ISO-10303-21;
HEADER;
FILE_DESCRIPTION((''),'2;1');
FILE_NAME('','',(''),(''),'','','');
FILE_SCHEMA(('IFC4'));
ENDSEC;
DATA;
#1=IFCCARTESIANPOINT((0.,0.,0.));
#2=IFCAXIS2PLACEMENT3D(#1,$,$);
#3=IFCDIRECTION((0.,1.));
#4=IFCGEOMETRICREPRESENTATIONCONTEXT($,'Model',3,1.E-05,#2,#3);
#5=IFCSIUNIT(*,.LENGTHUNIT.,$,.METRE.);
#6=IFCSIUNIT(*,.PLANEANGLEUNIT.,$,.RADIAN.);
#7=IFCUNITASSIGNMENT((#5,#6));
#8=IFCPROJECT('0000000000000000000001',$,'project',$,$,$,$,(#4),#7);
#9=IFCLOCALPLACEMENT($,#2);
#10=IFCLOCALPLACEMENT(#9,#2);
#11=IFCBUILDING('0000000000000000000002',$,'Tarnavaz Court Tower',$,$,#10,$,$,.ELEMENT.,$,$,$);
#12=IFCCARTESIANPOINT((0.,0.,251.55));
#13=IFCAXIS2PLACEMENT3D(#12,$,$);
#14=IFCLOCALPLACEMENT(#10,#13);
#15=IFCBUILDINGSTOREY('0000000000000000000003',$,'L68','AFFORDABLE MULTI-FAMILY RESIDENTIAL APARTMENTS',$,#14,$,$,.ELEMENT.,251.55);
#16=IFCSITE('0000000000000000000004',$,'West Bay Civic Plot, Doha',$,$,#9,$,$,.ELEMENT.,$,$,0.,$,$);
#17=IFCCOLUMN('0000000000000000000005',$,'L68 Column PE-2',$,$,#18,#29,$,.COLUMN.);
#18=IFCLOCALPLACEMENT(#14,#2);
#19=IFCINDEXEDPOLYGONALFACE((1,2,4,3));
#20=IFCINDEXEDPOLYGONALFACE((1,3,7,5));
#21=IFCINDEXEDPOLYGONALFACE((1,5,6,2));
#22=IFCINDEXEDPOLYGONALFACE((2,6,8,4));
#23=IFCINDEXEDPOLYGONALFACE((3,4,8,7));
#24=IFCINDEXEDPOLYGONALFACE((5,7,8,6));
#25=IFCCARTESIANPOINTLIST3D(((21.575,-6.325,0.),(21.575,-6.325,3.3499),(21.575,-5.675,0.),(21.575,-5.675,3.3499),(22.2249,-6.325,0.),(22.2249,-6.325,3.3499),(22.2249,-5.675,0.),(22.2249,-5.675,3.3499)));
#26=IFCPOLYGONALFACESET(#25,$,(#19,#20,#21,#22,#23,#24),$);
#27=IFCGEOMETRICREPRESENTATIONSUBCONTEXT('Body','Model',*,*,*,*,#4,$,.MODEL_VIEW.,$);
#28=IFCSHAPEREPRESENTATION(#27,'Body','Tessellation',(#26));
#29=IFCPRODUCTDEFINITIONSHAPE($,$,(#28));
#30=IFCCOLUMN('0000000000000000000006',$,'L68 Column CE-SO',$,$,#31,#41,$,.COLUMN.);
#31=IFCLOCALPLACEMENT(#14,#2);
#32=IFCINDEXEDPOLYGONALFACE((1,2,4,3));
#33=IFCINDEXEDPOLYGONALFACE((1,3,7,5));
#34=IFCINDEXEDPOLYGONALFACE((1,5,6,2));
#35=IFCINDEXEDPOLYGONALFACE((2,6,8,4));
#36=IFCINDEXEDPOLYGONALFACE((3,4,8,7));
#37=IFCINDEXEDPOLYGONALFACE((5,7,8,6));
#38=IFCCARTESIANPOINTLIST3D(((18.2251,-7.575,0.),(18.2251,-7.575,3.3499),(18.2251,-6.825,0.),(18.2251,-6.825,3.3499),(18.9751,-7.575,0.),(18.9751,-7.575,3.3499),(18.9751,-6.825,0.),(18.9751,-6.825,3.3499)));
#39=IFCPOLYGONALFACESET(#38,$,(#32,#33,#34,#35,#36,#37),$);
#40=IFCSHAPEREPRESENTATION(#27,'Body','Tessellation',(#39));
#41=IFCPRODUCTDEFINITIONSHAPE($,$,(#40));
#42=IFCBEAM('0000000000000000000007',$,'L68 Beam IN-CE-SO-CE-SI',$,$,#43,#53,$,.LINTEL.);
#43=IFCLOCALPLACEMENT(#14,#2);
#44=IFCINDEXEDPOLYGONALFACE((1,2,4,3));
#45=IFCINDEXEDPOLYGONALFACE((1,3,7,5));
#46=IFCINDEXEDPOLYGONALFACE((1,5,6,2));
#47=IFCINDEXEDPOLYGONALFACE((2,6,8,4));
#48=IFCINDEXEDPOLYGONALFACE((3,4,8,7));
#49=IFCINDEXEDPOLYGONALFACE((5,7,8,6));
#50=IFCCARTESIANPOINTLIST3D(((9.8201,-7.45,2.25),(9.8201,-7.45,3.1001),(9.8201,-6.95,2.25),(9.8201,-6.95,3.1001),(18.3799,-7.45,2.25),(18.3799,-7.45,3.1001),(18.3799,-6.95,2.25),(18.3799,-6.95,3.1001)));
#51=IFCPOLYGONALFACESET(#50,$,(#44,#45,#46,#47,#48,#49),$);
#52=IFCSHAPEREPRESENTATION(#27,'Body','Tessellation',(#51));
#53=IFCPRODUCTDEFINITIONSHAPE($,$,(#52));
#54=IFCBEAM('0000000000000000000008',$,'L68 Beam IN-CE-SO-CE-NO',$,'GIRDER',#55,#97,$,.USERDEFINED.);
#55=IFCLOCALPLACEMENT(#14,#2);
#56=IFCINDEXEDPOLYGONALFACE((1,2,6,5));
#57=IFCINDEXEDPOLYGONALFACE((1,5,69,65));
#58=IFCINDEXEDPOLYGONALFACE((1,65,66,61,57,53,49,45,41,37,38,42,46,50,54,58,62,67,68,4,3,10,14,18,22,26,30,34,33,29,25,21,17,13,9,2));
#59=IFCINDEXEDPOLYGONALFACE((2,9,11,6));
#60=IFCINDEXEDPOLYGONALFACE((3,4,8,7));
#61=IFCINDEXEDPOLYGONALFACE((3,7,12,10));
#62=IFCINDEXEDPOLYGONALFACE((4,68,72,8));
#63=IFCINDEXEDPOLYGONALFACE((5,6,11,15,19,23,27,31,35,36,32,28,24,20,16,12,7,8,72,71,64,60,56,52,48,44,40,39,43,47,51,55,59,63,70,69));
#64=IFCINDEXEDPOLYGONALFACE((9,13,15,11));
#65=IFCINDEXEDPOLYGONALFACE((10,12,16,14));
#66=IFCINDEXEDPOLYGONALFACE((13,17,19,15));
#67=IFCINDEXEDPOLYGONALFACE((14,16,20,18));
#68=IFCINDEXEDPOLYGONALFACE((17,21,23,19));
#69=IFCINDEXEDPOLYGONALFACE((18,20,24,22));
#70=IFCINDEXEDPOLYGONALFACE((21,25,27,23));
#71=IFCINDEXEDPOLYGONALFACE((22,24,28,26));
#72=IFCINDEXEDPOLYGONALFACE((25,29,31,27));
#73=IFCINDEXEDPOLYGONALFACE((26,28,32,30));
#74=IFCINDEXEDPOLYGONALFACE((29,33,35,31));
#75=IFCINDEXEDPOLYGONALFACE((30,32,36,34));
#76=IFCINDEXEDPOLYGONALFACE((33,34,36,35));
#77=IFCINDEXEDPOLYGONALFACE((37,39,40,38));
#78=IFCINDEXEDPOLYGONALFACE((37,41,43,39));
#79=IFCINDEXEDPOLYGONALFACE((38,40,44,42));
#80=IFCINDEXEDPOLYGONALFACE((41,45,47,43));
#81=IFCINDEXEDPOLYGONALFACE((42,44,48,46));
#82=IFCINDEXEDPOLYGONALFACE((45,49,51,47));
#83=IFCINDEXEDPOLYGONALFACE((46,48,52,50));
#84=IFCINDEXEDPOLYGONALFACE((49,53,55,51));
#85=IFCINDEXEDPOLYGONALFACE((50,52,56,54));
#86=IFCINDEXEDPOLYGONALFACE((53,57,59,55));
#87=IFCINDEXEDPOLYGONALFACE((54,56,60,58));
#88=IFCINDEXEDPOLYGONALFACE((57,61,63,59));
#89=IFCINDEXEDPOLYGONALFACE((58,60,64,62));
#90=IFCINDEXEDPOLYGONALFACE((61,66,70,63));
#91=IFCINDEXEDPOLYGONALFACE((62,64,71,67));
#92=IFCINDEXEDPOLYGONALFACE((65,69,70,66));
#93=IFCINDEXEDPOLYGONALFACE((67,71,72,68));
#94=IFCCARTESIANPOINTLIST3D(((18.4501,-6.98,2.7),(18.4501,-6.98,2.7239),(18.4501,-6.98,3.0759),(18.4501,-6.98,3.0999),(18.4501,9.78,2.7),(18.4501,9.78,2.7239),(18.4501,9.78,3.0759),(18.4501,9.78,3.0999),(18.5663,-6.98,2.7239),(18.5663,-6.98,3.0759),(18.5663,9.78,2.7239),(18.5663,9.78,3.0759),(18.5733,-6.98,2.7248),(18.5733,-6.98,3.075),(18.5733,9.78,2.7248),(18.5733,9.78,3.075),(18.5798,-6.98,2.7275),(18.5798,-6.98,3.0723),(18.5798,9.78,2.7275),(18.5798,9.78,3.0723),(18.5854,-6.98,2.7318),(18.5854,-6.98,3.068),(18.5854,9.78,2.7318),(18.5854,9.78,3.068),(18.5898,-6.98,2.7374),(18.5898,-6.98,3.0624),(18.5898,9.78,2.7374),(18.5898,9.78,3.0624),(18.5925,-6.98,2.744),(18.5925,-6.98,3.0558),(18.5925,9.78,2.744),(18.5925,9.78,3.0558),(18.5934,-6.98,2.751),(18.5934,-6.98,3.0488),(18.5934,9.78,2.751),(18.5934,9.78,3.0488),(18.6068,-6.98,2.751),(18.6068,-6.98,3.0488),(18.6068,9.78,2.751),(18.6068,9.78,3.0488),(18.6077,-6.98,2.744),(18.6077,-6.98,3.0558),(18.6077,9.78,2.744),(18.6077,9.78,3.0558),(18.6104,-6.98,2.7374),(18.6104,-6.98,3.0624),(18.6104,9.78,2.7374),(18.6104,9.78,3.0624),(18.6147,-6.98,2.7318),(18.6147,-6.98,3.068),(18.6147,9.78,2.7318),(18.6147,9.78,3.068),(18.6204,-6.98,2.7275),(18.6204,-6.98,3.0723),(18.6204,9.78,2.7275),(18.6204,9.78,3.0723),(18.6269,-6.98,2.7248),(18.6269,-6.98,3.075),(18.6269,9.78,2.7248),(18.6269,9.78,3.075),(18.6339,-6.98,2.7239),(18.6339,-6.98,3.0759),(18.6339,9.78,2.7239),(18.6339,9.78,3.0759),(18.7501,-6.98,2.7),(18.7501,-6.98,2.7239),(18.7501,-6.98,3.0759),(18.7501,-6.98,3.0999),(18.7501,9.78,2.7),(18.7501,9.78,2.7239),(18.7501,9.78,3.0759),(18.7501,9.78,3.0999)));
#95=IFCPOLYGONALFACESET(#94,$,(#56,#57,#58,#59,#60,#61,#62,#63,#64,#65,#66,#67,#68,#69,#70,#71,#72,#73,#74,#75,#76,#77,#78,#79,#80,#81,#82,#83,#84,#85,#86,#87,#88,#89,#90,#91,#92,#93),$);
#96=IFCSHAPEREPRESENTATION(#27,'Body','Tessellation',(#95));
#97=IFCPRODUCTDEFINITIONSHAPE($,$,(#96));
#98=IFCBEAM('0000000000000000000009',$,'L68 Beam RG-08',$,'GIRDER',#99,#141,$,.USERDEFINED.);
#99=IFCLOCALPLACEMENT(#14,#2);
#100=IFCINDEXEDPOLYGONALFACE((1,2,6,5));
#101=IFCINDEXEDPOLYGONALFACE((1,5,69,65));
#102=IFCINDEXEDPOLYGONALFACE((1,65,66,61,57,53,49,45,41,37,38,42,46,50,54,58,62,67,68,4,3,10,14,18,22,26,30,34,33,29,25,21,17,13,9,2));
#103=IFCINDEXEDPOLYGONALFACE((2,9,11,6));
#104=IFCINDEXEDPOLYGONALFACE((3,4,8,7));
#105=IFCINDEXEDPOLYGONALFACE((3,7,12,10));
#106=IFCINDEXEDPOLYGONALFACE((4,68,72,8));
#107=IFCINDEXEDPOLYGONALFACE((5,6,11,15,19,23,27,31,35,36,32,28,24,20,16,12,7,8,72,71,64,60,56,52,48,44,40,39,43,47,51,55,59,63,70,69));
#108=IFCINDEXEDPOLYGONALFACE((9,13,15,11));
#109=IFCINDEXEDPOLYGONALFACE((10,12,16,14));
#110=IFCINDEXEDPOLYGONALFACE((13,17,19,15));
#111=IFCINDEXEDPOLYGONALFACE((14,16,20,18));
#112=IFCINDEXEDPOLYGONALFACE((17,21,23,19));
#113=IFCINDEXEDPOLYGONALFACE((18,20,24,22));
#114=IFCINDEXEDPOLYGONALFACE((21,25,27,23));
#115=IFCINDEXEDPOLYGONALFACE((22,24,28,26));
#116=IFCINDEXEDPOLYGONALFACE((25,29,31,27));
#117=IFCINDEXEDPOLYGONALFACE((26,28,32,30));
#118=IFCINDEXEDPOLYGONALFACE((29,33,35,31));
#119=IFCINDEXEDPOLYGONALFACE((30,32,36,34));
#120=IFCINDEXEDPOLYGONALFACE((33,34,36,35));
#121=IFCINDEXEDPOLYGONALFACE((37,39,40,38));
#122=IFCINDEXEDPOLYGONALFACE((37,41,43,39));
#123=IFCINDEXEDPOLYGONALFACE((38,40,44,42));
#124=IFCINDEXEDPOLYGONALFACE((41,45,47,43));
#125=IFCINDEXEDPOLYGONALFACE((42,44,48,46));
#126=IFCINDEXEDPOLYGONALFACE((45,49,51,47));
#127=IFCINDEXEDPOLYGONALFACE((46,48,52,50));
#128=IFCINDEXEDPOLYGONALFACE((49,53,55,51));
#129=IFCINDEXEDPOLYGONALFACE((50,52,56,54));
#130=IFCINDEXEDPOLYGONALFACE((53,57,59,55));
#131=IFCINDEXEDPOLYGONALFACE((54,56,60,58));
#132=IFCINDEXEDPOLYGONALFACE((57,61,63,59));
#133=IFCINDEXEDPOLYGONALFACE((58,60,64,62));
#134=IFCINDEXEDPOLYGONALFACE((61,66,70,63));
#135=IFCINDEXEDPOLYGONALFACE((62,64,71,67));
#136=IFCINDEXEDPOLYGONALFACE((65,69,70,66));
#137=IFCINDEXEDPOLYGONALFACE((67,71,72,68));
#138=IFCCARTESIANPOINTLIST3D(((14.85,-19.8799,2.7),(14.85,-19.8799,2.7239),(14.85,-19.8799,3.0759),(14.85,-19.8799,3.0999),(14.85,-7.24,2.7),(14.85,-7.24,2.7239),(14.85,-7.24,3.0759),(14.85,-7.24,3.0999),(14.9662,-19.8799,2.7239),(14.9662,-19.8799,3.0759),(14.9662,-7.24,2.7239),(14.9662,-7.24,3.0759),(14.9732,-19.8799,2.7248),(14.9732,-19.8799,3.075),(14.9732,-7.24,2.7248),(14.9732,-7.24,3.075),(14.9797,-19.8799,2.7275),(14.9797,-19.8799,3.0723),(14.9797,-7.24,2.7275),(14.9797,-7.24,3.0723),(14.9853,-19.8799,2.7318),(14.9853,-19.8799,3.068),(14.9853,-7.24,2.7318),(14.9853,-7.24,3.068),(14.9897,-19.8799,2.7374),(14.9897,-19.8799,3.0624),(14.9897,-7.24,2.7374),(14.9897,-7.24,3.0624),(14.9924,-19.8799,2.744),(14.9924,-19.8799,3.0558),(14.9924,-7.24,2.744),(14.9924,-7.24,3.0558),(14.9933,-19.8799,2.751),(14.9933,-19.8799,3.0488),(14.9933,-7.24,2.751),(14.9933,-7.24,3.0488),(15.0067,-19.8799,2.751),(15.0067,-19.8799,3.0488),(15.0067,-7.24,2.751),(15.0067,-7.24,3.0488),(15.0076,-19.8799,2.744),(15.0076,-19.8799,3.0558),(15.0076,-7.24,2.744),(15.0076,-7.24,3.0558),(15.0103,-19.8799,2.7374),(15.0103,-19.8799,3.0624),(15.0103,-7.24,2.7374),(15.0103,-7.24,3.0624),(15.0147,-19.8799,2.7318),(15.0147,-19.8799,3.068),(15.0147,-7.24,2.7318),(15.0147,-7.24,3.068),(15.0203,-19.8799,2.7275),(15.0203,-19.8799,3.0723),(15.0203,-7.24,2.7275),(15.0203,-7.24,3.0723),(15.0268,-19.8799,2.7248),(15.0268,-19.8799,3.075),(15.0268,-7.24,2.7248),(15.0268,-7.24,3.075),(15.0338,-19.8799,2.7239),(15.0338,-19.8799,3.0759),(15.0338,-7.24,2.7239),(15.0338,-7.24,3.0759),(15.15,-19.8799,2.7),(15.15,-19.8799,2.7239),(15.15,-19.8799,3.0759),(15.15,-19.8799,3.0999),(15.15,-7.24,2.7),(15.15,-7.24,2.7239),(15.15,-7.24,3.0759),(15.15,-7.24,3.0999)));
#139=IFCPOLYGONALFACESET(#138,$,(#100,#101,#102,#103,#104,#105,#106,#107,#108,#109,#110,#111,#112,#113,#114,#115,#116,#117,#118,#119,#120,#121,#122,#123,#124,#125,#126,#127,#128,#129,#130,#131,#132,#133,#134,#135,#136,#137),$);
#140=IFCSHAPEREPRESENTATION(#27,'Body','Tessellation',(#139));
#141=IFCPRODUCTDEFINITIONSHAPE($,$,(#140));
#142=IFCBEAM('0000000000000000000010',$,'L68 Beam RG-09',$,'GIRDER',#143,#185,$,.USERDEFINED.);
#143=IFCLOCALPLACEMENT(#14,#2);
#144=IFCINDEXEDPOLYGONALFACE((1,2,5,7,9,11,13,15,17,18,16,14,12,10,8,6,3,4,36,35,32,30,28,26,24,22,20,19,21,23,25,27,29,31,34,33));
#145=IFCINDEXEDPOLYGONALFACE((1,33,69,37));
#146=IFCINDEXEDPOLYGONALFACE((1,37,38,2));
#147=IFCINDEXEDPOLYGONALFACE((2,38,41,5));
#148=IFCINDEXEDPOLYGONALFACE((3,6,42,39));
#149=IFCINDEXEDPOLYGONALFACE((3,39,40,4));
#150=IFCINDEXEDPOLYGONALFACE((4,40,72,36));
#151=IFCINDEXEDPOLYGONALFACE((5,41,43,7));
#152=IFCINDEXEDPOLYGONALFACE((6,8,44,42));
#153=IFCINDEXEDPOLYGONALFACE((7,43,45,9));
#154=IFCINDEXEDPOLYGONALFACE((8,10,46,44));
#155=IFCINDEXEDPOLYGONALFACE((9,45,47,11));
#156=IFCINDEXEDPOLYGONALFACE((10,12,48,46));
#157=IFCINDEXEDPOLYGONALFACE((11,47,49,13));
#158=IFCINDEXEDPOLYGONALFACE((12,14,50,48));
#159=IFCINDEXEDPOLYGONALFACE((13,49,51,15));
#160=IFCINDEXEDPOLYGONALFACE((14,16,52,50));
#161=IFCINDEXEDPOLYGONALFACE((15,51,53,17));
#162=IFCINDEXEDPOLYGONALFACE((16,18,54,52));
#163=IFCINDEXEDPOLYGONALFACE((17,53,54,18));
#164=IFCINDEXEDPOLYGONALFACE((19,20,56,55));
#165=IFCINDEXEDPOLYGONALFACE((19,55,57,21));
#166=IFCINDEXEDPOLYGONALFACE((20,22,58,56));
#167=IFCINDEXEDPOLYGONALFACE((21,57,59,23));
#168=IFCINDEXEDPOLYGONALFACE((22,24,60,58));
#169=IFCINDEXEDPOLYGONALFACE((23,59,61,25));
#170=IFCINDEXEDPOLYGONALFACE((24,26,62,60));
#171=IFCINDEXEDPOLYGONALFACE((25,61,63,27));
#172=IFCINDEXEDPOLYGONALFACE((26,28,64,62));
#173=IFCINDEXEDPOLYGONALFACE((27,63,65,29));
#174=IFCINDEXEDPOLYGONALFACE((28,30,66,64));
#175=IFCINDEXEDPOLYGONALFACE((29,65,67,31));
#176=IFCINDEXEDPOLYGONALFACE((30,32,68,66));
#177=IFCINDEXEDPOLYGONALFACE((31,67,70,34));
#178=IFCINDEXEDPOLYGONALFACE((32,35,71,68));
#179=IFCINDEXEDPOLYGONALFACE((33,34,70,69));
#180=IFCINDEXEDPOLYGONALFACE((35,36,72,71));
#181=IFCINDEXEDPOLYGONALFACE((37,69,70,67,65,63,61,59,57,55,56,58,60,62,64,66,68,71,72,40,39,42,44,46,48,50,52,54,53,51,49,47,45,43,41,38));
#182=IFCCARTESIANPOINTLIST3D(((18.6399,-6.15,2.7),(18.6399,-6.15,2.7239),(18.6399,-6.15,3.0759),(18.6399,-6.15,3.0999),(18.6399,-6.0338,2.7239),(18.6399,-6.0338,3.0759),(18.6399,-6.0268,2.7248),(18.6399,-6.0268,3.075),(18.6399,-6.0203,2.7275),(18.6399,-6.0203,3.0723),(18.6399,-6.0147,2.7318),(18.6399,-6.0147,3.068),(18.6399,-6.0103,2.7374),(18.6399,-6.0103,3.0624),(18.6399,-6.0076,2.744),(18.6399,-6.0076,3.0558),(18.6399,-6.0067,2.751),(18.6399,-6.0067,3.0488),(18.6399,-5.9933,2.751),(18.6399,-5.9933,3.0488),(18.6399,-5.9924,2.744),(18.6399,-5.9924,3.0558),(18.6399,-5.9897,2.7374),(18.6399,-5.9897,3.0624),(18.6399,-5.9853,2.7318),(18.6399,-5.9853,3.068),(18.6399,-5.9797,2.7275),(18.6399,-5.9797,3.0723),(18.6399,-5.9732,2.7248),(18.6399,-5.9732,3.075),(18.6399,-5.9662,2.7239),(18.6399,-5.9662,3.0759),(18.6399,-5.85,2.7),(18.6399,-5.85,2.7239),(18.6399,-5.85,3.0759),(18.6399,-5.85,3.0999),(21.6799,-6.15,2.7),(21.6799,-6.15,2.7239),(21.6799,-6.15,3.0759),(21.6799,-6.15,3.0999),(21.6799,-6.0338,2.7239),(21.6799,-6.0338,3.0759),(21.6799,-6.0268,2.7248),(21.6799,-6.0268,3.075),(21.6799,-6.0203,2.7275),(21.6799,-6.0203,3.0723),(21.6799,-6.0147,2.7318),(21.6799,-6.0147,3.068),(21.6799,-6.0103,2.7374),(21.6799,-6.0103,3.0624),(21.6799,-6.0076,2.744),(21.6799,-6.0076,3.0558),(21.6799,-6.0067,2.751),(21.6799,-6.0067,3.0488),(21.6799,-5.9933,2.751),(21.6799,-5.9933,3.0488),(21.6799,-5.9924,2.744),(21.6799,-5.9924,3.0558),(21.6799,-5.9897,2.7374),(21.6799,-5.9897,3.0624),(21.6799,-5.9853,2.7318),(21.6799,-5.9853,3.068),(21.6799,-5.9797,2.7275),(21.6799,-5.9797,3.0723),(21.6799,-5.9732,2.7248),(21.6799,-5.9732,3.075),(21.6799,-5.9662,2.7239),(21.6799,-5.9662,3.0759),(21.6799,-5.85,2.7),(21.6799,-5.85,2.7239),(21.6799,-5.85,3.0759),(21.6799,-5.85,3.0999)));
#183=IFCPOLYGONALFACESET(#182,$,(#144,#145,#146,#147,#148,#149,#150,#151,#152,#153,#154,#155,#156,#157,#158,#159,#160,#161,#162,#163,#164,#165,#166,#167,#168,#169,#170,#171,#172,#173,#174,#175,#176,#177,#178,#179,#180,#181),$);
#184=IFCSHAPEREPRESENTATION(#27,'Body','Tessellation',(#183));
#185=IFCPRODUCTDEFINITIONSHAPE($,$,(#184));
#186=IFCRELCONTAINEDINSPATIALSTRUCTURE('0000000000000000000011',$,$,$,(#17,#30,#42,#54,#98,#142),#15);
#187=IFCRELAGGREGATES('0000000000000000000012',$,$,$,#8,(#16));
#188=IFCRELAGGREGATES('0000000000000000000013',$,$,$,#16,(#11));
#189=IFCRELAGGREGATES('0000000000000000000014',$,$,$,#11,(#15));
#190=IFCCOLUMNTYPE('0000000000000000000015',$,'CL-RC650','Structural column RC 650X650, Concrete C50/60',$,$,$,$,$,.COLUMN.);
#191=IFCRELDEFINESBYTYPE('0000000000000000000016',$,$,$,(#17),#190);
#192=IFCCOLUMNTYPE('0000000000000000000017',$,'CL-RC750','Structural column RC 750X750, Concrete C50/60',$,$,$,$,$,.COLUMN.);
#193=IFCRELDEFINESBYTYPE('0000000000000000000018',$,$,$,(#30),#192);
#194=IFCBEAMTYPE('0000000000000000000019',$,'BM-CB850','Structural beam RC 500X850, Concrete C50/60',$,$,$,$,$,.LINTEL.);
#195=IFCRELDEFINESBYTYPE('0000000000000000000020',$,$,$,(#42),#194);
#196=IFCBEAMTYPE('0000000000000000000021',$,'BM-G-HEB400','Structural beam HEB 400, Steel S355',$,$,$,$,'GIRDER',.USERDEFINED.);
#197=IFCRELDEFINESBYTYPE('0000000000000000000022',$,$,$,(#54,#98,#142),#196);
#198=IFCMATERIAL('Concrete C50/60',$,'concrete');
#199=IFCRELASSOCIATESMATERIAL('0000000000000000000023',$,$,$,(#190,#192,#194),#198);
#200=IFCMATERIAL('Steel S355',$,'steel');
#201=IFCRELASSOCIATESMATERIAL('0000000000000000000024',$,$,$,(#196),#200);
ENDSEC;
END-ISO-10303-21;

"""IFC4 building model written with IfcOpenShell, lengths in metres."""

from ifc_helpers import new_model, si_unit, direction, frame, origin, origin_2d, place, context, subcontext, project, spatial, rectangle, i_section, extrude, material, material_profile, profile_set, type_object, element, save


model = new_model("IFC4")

# Units and contexts
model_context = context("Model", 3, precision=1e-05, world=origin(), true_north=direction((0.0, 1.0)))
body_context = subcontext(model_context, "Body", "Model", "MODEL_VIEW")
ifc_project = project(units=[si_unit("LENGTHUNIT", "METRE"), si_unit("PLANEANGLEUNIT", "RADIAN")], contexts=[model_context])

# Site, building, storey
site_placement = place(None, origin())
site = spatial("IfcSite", under=ifc_project, at=site_placement, Name="West Bay Civic Plot, Doha", CompositionType="ELEMENT", RefElevation=0.0)
building_placement = place(site_placement, origin())
building = spatial("IfcBuilding", under=site, at=building_placement, Name="Tarnavaz Court Tower", CompositionType="ELEMENT")
storey_placement = place(building_placement, frame((0.0, 0.0, 251.55)))
storey = spatial("IfcBuildingStorey", under=building, at=storey_placement, Name="L68", Description="AFFORDABLE MULTI-FAMILY RESIDENTIAL APARTMENTS", CompositionType="ELEMENT", Elevation=251.55)

# Columns
ifc_material_1 = material(Name="Concrete C50/60", Category="concrete")
ifc_material_profile_1 = material_profile(ifc_material_1, rectangle(XDim=0.6499, YDim=0.6499, at=origin_2d()), Name="RC 650X650")
ifc_profile_set_1 = profile_set([ifc_material_profile_1], Name="Concrete C50/60")
column_type_1 = type_object("IfcColumnType", Name="CL-RC650", Description="Structural column RC 650X650, Concrete C50/60", PredefinedType="COLUMN", material=ifc_profile_set_1)
column_1_placement = place(storey_placement, frame((21.8999, -6.0, 0.0), z_axis=(0.0, 0.0, 1.0), x_axis=(1.0, 0.0, 0.0)))
element("IfcColumn", 1, at=column_1_placement, inside=storey, type_object=column_type_1, Name="L68 Column PE-2", PredefinedType="COLUMN", context=body_context, shape_type="SweptSolid", body=[
    extrude(rectangle(XDim=0.6499, YDim=0.6499, at=origin_2d()), origin(), (0.0, 0.0, 1.0), 3.3499),
])
ifc_material_profile_2 = material_profile(ifc_material_1, rectangle(XDim=0.75, YDim=0.75, at=origin_2d()), Name="RC 750X750")
ifc_profile_set_2 = profile_set([ifc_material_profile_2], Name="Concrete C50/60")
column_type_2 = type_object("IfcColumnType", Name="CL-RC750", Description="Structural column RC 750X750, Concrete C50/60", PredefinedType="COLUMN", material=ifc_profile_set_2)
column_2_placement = place(storey_placement, frame((18.6001, -7.2, 0.0), z_axis=(0.0, 0.0, 1.0), x_axis=(1.0, 0.0, 0.0)))
element("IfcColumn", 2, at=column_2_placement, inside=storey, type_object=column_type_2, Name="L68 Column CE-SO", PredefinedType="COLUMN", context=body_context, shape_type="SweptSolid", body=[
    extrude(rectangle(XDim=0.75, YDim=0.75, at=origin_2d()), origin(), (0.0, 0.0, 1.0), 3.3499),
])

# Beams
ifc_material_profile_3 = material_profile(ifc_material_1, rectangle(XDim=0.5, YDim=0.8501, at=origin_2d()), Name="RC 500X850")
ifc_profile_set_3 = profile_set([ifc_material_profile_3], Name="Concrete C50/60")
beam_type_1 = type_object("IfcBeamType", Name="BM-CB850", Description="Structural beam RC 500X850, Concrete C50/60", PredefinedType="LINTEL", material=ifc_profile_set_3)
beam_1_placement = place(storey_placement, frame((18.3799, -7.2, 2.675), z_axis=(-1.0, 0.0, 0.0), x_axis=(0.0, -1.0, 0.0)))
element("IfcBeam", 3, at=beam_1_placement, inside=storey, type_object=beam_type_1, Name="L68 Beam IN-CE-SO-CE-SI", PredefinedType="LINTEL", context=body_context, shape_type="SweptSolid", body=[
    extrude(rectangle(XDim=0.5, YDim=0.8501, at=origin_2d()), origin(), (0.0, 0.0, 1.0), 8.5598),
])
ifc_material_2 = material(Name="Steel S355", Category="steel")
ifc_material_profile_4 = material_profile(ifc_material_2, i_section(OverallWidth=0.3, OverallDepth=0.3999, WebThickness=0.0134, FlangeThickness=0.0239, FilletRadius=0.0271, at=origin_2d()), Name="HEB 400")
ifc_profile_set_4 = profile_set([ifc_material_profile_4], Name="Steel S355")
beam_type_2 = type_object("IfcBeamType", Name="BM-G-HEB400", Description="Structural beam HEB 400, Steel S355", ElementType="GIRDER", PredefinedType="USERDEFINED", material=ifc_profile_set_4)
beam_2_placement = place(storey_placement, frame((18.6001, -6.98, 2.8999), z_axis=(0.0, 1.0, 0.0), x_axis=(-1.0, 0.0, 0.0)))
element("IfcBeam", 4, at=beam_2_placement, inside=storey, type_object=beam_type_2, Name="L68 Beam IN-CE-SO-CE-NO", ObjectType="GIRDER", PredefinedType="USERDEFINED", context=body_context, shape_type="SweptSolid", body=[
    extrude(i_section(OverallWidth=0.3, OverallDepth=0.3999, WebThickness=0.0134, FlangeThickness=0.0239, FilletRadius=0.0271, at=origin_2d()), origin(), (0.0, 0.0, 1.0), 16.76),
])
beam_3_placement = place(storey_placement, frame((15.0, -7.24, 2.8999), z_axis=(0.0, -1.0, 0.0), x_axis=(1.0, 0.0, 0.0)))
element("IfcBeam", 5, at=beam_3_placement, inside=storey, type_object=beam_type_2, Name="L68 Beam RG-08", ObjectType="GIRDER", PredefinedType="USERDEFINED", context=body_context, shape_type="SweptSolid", body=[
    extrude(i_section(OverallWidth=0.3, OverallDepth=0.3999, WebThickness=0.0134, FlangeThickness=0.0239, FilletRadius=0.0271, at=origin_2d()), origin(), (0.0, 0.0, 1.0), 12.6399),
])
beam_4_placement = place(storey_placement, frame((18.6399, -6.0, 2.8999), z_axis=(1.0, 0.0, 0.0), x_axis=(0.0, 1.0, 0.0)))
element("IfcBeam", 6, at=beam_4_placement, inside=storey, type_object=beam_type_2, Name="L68 Beam RG-09", ObjectType="GIRDER", PredefinedType="USERDEFINED", context=body_context, shape_type="SweptSolid", body=[
    extrude(i_section(OverallWidth=0.3, OverallDepth=0.3999, WebThickness=0.0134, FlangeThickness=0.0239, FilletRadius=0.0271, at=origin_2d()), origin(), (0.0, 0.0, 1.0), 3.04),
])

save(model, "model.ifc")
